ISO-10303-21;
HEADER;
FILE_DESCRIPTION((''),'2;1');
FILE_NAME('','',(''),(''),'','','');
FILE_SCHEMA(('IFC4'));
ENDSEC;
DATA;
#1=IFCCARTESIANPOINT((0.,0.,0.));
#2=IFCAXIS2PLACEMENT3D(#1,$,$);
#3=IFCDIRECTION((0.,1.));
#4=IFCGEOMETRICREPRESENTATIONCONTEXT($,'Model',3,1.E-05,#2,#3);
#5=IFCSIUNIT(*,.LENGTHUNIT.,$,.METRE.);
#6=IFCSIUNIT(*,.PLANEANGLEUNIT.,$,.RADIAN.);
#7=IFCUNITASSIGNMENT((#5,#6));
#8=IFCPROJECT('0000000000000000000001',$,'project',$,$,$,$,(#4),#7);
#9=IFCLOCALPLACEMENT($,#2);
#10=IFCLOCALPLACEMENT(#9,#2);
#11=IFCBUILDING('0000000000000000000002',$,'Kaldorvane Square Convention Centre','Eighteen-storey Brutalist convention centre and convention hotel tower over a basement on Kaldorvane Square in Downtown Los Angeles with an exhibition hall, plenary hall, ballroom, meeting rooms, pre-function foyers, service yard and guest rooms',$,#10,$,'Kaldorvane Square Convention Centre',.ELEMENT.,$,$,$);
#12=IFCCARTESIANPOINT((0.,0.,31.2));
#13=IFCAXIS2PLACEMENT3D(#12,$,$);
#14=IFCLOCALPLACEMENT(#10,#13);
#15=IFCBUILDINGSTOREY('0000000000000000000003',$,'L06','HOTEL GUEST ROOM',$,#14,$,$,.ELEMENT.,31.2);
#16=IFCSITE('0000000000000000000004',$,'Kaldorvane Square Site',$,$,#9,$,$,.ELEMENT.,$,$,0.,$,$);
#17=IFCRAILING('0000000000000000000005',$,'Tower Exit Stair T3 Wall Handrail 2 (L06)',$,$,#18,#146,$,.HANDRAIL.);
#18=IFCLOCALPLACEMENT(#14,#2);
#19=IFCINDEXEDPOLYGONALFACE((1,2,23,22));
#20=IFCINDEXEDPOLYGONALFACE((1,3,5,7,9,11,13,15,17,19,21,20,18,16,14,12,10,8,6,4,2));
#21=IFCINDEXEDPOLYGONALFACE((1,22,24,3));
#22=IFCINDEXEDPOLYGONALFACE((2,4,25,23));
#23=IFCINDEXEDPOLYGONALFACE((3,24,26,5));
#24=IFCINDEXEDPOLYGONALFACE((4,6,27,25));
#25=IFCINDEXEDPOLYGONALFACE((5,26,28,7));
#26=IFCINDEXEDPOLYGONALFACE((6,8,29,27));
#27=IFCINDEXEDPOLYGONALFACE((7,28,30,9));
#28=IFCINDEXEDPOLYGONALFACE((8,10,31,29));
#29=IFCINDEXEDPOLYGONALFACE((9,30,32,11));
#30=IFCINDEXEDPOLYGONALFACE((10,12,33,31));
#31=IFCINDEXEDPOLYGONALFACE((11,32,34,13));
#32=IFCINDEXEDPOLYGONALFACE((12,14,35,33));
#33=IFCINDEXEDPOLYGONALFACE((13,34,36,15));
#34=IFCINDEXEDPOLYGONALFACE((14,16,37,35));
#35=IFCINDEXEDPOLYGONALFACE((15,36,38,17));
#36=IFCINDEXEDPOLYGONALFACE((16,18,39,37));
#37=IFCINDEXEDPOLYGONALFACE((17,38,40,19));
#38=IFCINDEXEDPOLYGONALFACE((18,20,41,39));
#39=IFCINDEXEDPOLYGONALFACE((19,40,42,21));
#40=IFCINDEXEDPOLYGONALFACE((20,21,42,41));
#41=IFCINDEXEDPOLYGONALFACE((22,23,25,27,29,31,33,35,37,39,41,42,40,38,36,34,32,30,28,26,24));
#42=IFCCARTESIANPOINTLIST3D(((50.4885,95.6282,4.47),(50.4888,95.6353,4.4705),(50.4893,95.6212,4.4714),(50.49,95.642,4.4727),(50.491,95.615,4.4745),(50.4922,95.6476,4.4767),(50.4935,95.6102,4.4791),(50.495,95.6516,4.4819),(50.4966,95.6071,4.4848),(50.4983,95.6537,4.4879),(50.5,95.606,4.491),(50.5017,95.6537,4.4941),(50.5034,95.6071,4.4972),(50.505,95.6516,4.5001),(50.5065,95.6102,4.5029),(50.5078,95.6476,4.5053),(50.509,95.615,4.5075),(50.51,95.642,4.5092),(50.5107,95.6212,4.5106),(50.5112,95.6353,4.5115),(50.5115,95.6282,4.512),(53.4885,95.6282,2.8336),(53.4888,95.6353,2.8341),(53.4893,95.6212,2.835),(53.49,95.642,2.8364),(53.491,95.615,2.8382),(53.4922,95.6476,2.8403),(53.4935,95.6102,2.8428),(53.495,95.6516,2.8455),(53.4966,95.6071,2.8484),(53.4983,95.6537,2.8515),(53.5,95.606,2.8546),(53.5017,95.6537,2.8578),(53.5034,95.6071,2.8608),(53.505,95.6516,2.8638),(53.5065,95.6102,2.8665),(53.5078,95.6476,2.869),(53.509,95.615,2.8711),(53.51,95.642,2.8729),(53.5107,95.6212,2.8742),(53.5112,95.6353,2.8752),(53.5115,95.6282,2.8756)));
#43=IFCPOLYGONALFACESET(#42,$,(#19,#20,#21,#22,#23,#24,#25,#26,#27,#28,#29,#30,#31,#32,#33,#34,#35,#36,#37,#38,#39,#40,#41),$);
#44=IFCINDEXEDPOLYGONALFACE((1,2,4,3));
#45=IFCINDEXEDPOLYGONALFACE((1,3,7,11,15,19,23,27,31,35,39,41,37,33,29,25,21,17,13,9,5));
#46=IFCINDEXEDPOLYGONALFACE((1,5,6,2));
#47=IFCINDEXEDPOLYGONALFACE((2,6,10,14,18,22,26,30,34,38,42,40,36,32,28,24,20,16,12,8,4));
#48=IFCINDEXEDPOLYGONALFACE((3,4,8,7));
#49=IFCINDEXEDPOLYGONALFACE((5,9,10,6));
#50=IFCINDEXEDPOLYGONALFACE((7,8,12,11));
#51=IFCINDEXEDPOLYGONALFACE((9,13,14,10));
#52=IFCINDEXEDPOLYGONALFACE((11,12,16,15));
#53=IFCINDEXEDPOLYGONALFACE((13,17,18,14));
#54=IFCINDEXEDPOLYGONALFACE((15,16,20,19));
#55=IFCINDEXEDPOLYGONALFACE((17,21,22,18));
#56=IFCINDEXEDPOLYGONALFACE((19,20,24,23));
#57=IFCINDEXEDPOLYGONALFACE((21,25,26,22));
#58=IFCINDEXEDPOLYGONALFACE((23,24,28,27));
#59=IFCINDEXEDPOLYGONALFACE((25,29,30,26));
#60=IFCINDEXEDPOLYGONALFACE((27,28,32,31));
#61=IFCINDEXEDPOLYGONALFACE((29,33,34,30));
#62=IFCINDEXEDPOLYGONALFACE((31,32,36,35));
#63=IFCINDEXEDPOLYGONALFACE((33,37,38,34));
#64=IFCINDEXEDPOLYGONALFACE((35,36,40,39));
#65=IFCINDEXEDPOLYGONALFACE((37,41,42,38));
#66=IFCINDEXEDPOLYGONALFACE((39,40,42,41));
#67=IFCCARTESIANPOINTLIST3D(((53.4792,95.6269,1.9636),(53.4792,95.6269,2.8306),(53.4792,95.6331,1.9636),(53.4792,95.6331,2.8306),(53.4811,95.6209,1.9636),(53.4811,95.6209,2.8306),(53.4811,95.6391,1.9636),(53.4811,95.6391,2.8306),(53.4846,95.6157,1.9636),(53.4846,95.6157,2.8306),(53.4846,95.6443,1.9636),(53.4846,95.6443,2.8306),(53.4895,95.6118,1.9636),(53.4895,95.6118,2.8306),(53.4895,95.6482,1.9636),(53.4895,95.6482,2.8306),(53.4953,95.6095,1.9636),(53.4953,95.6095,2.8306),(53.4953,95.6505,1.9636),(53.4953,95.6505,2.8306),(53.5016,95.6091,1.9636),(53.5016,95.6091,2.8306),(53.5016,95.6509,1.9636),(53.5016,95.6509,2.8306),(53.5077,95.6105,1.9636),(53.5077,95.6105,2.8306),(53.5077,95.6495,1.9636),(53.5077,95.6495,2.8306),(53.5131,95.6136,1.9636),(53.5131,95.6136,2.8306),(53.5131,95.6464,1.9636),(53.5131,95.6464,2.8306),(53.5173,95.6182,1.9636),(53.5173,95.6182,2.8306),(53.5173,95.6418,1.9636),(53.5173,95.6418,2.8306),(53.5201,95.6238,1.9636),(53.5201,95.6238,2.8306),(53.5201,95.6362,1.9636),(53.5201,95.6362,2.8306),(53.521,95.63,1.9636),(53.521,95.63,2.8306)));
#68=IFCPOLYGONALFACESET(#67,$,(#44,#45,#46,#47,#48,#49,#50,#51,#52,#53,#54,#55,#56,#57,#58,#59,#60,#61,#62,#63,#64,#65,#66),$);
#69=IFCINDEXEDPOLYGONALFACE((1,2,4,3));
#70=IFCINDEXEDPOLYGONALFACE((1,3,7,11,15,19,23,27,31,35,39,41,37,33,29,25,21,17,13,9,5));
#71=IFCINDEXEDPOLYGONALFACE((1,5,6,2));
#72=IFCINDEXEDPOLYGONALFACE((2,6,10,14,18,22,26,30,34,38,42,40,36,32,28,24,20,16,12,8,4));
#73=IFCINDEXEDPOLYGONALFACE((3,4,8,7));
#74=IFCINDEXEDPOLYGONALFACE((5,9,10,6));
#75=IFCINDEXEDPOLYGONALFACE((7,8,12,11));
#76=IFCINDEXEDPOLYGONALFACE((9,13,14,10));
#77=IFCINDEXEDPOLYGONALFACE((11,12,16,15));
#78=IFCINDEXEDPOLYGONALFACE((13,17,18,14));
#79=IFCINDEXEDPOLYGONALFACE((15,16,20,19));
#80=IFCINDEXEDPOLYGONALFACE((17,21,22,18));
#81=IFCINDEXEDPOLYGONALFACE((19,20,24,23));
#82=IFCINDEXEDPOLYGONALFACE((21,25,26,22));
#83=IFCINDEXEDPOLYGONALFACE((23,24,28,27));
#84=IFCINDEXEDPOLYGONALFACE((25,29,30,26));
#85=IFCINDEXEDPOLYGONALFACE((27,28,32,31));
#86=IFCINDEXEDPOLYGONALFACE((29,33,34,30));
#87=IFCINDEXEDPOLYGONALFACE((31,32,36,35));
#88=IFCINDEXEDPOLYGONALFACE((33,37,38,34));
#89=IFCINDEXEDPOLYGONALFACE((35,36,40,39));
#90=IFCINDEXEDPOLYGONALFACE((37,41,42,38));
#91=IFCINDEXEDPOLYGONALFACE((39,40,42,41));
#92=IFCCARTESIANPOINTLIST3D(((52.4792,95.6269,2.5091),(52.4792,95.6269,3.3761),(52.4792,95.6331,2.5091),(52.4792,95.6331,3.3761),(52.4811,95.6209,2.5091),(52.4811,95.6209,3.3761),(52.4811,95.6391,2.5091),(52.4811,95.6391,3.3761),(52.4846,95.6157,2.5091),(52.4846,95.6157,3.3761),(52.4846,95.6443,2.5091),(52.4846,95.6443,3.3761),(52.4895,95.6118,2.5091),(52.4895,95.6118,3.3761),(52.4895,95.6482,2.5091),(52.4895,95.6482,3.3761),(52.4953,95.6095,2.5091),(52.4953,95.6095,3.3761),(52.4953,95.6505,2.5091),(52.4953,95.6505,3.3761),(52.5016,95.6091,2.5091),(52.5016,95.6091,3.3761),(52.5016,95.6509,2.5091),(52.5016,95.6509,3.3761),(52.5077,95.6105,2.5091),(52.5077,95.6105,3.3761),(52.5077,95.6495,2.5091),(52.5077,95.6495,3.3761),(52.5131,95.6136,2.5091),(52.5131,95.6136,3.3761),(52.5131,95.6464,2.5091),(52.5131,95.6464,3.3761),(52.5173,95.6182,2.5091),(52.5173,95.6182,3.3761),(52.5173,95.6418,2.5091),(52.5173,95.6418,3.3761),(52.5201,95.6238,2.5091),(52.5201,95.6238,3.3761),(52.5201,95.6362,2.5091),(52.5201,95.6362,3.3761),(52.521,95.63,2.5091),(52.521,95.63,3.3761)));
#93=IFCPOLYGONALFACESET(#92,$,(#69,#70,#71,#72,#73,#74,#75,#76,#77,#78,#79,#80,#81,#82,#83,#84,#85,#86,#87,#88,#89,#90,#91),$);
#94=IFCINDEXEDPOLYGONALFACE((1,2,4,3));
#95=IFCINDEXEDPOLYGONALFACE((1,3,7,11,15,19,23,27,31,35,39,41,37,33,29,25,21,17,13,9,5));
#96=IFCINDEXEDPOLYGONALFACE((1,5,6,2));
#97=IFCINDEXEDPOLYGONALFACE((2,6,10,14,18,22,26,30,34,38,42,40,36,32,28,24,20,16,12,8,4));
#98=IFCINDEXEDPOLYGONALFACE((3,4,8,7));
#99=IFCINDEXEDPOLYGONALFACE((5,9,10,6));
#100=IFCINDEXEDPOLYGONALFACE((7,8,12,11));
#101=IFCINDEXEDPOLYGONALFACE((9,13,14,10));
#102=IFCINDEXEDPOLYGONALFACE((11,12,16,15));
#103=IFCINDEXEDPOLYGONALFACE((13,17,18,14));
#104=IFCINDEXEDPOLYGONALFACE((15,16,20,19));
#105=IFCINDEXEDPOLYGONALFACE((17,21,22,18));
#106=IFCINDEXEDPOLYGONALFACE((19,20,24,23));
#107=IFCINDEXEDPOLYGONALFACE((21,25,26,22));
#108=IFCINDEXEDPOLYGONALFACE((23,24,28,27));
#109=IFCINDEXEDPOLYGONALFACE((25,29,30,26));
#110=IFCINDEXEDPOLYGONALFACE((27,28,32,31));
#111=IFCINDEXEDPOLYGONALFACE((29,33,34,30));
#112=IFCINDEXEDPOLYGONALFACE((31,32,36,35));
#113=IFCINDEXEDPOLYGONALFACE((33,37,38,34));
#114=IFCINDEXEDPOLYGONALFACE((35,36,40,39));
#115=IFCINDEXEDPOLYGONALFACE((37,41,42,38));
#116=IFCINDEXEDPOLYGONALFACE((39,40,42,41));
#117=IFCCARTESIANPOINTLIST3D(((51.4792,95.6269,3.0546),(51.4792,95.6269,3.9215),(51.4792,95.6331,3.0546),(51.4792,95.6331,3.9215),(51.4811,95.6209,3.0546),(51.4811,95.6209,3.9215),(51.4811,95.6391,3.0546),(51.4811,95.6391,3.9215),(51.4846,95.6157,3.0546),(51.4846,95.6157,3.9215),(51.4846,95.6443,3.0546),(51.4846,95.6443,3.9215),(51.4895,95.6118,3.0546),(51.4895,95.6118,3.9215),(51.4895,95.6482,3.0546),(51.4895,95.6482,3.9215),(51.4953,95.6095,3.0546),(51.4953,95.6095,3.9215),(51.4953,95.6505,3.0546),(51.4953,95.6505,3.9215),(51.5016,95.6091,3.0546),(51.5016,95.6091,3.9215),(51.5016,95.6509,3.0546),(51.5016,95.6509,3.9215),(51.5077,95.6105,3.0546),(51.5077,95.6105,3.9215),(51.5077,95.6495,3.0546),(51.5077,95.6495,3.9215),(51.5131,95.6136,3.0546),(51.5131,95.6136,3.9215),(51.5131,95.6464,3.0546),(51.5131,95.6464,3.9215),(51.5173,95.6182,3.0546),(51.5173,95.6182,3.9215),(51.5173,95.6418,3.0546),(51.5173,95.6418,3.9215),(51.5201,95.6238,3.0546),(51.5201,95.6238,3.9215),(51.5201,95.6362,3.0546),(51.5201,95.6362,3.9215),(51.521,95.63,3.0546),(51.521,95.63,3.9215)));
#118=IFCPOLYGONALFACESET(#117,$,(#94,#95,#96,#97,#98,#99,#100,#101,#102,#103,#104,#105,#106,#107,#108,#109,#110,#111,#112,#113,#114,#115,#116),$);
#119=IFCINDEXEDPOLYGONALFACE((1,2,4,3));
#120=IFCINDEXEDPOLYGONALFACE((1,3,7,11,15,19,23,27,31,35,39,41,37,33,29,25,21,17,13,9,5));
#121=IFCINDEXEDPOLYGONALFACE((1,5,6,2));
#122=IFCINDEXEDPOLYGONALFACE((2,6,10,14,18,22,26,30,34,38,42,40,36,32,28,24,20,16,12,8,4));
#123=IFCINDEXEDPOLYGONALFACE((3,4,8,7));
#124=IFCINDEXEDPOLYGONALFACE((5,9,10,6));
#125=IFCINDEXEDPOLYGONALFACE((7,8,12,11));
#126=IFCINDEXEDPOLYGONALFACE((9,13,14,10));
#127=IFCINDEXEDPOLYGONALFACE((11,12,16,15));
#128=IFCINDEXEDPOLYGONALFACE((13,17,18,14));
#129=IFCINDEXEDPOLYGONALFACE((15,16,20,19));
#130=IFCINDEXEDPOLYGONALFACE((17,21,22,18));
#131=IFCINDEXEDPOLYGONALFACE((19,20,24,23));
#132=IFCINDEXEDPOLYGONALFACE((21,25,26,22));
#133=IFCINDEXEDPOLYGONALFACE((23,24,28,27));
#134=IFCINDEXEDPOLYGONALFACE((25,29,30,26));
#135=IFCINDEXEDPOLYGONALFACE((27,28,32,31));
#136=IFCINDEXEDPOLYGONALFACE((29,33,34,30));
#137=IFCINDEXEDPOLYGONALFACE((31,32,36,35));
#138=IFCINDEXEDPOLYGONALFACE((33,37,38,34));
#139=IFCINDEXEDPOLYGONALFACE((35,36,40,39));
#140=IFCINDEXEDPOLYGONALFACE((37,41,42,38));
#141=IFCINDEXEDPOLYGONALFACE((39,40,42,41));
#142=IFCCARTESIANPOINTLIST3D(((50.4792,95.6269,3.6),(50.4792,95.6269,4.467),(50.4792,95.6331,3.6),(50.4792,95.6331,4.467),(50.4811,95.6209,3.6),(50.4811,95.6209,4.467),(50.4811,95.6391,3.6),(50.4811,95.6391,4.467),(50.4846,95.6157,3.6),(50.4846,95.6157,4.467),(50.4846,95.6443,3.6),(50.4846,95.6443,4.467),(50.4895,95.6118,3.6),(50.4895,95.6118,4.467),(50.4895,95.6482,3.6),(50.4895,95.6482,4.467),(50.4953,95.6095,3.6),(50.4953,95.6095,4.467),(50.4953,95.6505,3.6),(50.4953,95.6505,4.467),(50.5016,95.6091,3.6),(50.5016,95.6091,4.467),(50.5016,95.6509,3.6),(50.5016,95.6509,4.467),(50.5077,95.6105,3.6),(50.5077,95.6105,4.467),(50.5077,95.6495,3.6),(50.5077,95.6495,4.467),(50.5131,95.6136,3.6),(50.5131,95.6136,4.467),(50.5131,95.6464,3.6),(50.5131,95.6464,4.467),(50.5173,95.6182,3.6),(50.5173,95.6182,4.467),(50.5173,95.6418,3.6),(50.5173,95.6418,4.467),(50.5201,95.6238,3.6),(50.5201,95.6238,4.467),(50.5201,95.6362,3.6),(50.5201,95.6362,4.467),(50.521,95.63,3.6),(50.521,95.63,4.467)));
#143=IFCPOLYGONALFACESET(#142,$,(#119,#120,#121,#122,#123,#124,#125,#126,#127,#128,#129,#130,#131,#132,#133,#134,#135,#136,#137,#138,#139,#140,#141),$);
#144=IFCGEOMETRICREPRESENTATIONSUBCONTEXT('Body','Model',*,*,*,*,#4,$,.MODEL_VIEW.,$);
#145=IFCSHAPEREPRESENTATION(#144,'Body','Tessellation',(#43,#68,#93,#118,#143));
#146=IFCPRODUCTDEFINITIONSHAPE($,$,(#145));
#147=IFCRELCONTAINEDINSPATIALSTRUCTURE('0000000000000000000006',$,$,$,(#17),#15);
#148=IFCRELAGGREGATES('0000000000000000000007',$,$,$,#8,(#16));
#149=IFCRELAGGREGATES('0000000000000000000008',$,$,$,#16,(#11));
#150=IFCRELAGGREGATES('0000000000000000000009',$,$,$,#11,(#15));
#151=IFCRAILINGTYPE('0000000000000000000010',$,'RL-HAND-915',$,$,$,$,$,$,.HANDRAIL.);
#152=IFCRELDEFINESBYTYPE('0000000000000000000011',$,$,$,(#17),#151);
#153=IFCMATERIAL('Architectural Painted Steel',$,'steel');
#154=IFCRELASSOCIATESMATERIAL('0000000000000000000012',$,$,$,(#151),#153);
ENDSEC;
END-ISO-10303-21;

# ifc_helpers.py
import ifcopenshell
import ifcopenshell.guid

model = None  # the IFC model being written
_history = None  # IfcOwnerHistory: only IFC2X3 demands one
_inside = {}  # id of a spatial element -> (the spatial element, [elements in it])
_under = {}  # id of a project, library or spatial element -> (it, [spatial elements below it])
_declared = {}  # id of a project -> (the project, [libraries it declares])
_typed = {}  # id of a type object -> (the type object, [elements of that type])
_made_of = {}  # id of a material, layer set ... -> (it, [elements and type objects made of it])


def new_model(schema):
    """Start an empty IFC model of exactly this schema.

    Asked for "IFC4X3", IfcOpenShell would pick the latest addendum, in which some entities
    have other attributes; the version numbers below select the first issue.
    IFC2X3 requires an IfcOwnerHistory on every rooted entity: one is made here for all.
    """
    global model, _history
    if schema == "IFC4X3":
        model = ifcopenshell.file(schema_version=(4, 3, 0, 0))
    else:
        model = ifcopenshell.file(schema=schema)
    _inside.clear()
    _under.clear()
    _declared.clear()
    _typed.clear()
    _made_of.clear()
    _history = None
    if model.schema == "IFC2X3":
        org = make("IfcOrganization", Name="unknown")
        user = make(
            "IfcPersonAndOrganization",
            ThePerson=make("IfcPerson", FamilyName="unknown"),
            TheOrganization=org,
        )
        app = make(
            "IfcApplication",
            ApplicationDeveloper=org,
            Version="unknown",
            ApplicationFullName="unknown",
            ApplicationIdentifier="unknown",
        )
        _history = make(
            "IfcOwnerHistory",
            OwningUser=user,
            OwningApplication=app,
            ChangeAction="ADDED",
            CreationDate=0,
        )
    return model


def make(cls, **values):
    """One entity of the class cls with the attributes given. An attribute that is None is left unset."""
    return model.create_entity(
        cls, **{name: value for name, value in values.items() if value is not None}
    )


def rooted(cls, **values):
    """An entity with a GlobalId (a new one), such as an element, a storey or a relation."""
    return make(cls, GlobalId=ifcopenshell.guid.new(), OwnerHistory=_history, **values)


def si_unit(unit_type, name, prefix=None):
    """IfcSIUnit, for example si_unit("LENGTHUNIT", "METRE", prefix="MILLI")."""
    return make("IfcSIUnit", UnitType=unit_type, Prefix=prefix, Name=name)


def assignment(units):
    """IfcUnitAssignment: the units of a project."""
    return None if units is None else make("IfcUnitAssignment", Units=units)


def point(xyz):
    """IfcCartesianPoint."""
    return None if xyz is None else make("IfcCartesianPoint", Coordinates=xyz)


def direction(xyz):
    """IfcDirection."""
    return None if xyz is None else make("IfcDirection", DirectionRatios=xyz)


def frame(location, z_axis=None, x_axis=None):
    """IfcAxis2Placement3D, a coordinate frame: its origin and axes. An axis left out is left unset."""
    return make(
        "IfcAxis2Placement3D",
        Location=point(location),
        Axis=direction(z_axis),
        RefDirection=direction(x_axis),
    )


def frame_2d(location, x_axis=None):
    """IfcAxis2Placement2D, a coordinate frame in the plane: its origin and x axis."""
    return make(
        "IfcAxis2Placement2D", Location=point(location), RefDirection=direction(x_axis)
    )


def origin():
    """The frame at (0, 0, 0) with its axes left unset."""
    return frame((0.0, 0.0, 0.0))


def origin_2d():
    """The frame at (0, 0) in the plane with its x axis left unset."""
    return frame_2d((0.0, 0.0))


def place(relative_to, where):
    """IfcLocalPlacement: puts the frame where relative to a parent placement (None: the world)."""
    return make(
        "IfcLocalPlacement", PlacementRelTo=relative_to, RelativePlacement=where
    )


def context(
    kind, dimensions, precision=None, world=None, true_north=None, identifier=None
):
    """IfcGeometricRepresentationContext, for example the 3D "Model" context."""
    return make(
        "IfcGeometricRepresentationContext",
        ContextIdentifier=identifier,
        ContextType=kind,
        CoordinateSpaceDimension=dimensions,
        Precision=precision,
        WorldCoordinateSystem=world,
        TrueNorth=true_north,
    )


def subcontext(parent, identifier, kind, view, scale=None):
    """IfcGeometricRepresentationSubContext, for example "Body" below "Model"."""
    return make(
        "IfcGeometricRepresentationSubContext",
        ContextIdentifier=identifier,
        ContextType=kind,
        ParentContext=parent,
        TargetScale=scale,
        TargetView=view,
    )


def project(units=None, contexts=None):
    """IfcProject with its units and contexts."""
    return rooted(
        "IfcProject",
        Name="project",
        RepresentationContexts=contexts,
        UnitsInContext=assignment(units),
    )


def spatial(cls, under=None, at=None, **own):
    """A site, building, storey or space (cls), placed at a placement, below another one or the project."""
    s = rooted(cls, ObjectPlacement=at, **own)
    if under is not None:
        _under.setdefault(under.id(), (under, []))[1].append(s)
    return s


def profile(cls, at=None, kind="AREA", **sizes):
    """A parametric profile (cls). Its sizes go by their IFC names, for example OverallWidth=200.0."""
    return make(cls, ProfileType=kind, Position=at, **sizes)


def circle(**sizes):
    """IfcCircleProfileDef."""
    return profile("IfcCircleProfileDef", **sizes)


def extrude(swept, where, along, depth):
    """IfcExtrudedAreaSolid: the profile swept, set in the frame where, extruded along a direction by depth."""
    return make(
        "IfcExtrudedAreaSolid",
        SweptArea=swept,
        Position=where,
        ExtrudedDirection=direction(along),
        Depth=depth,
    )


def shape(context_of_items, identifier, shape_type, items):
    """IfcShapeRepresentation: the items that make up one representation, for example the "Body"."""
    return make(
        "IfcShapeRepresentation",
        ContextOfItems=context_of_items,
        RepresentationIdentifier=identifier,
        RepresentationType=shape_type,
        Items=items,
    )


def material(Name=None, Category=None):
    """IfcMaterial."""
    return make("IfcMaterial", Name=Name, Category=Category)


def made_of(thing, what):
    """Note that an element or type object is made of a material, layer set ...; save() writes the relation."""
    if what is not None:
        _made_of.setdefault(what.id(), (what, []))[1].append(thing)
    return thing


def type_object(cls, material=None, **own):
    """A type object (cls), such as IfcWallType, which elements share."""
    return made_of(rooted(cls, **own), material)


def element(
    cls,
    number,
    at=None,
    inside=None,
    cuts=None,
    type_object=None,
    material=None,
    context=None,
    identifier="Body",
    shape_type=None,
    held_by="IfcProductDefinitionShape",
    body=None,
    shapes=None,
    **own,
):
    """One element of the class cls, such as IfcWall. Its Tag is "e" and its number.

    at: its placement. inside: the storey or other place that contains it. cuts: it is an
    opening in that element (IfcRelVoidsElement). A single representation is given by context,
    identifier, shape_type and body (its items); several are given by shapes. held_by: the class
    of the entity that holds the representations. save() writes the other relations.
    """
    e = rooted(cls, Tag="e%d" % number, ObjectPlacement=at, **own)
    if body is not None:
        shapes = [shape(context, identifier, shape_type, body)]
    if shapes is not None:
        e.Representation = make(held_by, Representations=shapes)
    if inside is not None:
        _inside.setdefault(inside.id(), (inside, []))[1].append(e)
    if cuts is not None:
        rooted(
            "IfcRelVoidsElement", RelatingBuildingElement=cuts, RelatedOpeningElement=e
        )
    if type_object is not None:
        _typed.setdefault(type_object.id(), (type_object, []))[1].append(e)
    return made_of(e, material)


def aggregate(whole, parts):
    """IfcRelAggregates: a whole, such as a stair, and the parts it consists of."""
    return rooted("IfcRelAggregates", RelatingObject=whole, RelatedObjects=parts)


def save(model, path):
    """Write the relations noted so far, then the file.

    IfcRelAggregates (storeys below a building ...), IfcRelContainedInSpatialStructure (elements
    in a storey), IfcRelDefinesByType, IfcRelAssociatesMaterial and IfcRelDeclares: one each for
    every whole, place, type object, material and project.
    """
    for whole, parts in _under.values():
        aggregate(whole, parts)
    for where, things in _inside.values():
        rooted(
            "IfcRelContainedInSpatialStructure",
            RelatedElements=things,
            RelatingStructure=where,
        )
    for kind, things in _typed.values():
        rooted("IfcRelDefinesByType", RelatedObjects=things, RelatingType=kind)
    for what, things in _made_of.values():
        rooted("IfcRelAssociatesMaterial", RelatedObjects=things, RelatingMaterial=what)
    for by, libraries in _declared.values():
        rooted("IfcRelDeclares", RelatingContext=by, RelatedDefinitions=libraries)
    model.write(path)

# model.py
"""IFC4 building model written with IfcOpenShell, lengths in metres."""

from ifc_helpers import new_model, si_unit, direction, frame, origin, origin_2d, place, context, subcontext, project, spatial, circle, extrude, material, type_object, element, save


model = new_model("IFC4")

# Units and contexts
model_context = context("Model", 3, precision=1e-05, world=origin(), true_north=direction((0.0, 1.0)))
body_context = subcontext(model_context, "Body", "Model", "MODEL_VIEW")
ifc_project = project(units=[si_unit("LENGTHUNIT", "METRE"), si_unit("PLANEANGLEUNIT", "RADIAN")], contexts=[model_context])

# Site, building, storey
site_placement = place(None, origin())
site = spatial("IfcSite", under=ifc_project, at=site_placement, Name="Kaldorvane Square Site", CompositionType="ELEMENT", RefElevation=0.0)
building_placement = place(site_placement, origin())
building = spatial("IfcBuilding", under=site, at=building_placement, Name="Kaldorvane Square Convention Centre", Description="Eighteen-storey Brutalist convention centre and convention hotel tower over a basement on Kaldorvane Square in Downtown Los Angeles with an exhibition hall, plenary hall, ballroom, meeting rooms, pre-function foyers, service yard and guest rooms", LongName="Kaldorvane Square Convention Centre", CompositionType="ELEMENT")
storey_placement = place(building_placement, frame((0.0, 0.0, 31.2)))
storey = spatial("IfcBuildingStorey", under=building, at=storey_placement, Name="L06", Description="HOTEL GUEST ROOM", CompositionType="ELEMENT", Elevation=31.2)

# Railing
ifc_material_1 = material(Name="Architectural Painted Steel", Category="steel")
railing_type = type_object("IfcRailingType", Name="RL-HAND-915", PredefinedType="HANDRAIL", material=ifc_material_1)
railing_placement = place(storey_placement, frame((53.5, 95.63, 1.9636)))
element("IfcRailing", 1, at=railing_placement, inside=storey, type_object=railing_type, Name="Tower Exit Stair T3 Wall Handrail 2 (L06)", PredefinedType="HANDRAIL", context=body_context, shape_type="SweptSolid", body=[
    extrude(circle(Radius=0.024, at=origin_2d()), frame((0.0, 0.0, 0.891), z_axis=(-0.877895, 0.0, 0.478853), x_axis=(0.0, -1.0, 0.0)), (0.0, 0.0, 1.0), 3.4173),
    extrude(circle(Radius=0.021, at=origin_2d()), origin(), (0.0, 0.0, 1.0), 0.867),
    extrude(circle(Radius=0.021, at=origin_2d()), frame((-1.0, 0.0, 0.5455)), (0.0, 0.0, 1.0), 0.867),
    extrude(circle(Radius=0.021, at=origin_2d()), frame((-2.0, 0.0, 1.0909)), (0.0, 0.0, 1.0), 0.867),
    extrude(circle(Radius=0.021, at=origin_2d()), frame((-3.0, 0.0, 1.6364)), (0.0, 0.0, 1.0), 0.867),
])

save(model, "model.ifc")
